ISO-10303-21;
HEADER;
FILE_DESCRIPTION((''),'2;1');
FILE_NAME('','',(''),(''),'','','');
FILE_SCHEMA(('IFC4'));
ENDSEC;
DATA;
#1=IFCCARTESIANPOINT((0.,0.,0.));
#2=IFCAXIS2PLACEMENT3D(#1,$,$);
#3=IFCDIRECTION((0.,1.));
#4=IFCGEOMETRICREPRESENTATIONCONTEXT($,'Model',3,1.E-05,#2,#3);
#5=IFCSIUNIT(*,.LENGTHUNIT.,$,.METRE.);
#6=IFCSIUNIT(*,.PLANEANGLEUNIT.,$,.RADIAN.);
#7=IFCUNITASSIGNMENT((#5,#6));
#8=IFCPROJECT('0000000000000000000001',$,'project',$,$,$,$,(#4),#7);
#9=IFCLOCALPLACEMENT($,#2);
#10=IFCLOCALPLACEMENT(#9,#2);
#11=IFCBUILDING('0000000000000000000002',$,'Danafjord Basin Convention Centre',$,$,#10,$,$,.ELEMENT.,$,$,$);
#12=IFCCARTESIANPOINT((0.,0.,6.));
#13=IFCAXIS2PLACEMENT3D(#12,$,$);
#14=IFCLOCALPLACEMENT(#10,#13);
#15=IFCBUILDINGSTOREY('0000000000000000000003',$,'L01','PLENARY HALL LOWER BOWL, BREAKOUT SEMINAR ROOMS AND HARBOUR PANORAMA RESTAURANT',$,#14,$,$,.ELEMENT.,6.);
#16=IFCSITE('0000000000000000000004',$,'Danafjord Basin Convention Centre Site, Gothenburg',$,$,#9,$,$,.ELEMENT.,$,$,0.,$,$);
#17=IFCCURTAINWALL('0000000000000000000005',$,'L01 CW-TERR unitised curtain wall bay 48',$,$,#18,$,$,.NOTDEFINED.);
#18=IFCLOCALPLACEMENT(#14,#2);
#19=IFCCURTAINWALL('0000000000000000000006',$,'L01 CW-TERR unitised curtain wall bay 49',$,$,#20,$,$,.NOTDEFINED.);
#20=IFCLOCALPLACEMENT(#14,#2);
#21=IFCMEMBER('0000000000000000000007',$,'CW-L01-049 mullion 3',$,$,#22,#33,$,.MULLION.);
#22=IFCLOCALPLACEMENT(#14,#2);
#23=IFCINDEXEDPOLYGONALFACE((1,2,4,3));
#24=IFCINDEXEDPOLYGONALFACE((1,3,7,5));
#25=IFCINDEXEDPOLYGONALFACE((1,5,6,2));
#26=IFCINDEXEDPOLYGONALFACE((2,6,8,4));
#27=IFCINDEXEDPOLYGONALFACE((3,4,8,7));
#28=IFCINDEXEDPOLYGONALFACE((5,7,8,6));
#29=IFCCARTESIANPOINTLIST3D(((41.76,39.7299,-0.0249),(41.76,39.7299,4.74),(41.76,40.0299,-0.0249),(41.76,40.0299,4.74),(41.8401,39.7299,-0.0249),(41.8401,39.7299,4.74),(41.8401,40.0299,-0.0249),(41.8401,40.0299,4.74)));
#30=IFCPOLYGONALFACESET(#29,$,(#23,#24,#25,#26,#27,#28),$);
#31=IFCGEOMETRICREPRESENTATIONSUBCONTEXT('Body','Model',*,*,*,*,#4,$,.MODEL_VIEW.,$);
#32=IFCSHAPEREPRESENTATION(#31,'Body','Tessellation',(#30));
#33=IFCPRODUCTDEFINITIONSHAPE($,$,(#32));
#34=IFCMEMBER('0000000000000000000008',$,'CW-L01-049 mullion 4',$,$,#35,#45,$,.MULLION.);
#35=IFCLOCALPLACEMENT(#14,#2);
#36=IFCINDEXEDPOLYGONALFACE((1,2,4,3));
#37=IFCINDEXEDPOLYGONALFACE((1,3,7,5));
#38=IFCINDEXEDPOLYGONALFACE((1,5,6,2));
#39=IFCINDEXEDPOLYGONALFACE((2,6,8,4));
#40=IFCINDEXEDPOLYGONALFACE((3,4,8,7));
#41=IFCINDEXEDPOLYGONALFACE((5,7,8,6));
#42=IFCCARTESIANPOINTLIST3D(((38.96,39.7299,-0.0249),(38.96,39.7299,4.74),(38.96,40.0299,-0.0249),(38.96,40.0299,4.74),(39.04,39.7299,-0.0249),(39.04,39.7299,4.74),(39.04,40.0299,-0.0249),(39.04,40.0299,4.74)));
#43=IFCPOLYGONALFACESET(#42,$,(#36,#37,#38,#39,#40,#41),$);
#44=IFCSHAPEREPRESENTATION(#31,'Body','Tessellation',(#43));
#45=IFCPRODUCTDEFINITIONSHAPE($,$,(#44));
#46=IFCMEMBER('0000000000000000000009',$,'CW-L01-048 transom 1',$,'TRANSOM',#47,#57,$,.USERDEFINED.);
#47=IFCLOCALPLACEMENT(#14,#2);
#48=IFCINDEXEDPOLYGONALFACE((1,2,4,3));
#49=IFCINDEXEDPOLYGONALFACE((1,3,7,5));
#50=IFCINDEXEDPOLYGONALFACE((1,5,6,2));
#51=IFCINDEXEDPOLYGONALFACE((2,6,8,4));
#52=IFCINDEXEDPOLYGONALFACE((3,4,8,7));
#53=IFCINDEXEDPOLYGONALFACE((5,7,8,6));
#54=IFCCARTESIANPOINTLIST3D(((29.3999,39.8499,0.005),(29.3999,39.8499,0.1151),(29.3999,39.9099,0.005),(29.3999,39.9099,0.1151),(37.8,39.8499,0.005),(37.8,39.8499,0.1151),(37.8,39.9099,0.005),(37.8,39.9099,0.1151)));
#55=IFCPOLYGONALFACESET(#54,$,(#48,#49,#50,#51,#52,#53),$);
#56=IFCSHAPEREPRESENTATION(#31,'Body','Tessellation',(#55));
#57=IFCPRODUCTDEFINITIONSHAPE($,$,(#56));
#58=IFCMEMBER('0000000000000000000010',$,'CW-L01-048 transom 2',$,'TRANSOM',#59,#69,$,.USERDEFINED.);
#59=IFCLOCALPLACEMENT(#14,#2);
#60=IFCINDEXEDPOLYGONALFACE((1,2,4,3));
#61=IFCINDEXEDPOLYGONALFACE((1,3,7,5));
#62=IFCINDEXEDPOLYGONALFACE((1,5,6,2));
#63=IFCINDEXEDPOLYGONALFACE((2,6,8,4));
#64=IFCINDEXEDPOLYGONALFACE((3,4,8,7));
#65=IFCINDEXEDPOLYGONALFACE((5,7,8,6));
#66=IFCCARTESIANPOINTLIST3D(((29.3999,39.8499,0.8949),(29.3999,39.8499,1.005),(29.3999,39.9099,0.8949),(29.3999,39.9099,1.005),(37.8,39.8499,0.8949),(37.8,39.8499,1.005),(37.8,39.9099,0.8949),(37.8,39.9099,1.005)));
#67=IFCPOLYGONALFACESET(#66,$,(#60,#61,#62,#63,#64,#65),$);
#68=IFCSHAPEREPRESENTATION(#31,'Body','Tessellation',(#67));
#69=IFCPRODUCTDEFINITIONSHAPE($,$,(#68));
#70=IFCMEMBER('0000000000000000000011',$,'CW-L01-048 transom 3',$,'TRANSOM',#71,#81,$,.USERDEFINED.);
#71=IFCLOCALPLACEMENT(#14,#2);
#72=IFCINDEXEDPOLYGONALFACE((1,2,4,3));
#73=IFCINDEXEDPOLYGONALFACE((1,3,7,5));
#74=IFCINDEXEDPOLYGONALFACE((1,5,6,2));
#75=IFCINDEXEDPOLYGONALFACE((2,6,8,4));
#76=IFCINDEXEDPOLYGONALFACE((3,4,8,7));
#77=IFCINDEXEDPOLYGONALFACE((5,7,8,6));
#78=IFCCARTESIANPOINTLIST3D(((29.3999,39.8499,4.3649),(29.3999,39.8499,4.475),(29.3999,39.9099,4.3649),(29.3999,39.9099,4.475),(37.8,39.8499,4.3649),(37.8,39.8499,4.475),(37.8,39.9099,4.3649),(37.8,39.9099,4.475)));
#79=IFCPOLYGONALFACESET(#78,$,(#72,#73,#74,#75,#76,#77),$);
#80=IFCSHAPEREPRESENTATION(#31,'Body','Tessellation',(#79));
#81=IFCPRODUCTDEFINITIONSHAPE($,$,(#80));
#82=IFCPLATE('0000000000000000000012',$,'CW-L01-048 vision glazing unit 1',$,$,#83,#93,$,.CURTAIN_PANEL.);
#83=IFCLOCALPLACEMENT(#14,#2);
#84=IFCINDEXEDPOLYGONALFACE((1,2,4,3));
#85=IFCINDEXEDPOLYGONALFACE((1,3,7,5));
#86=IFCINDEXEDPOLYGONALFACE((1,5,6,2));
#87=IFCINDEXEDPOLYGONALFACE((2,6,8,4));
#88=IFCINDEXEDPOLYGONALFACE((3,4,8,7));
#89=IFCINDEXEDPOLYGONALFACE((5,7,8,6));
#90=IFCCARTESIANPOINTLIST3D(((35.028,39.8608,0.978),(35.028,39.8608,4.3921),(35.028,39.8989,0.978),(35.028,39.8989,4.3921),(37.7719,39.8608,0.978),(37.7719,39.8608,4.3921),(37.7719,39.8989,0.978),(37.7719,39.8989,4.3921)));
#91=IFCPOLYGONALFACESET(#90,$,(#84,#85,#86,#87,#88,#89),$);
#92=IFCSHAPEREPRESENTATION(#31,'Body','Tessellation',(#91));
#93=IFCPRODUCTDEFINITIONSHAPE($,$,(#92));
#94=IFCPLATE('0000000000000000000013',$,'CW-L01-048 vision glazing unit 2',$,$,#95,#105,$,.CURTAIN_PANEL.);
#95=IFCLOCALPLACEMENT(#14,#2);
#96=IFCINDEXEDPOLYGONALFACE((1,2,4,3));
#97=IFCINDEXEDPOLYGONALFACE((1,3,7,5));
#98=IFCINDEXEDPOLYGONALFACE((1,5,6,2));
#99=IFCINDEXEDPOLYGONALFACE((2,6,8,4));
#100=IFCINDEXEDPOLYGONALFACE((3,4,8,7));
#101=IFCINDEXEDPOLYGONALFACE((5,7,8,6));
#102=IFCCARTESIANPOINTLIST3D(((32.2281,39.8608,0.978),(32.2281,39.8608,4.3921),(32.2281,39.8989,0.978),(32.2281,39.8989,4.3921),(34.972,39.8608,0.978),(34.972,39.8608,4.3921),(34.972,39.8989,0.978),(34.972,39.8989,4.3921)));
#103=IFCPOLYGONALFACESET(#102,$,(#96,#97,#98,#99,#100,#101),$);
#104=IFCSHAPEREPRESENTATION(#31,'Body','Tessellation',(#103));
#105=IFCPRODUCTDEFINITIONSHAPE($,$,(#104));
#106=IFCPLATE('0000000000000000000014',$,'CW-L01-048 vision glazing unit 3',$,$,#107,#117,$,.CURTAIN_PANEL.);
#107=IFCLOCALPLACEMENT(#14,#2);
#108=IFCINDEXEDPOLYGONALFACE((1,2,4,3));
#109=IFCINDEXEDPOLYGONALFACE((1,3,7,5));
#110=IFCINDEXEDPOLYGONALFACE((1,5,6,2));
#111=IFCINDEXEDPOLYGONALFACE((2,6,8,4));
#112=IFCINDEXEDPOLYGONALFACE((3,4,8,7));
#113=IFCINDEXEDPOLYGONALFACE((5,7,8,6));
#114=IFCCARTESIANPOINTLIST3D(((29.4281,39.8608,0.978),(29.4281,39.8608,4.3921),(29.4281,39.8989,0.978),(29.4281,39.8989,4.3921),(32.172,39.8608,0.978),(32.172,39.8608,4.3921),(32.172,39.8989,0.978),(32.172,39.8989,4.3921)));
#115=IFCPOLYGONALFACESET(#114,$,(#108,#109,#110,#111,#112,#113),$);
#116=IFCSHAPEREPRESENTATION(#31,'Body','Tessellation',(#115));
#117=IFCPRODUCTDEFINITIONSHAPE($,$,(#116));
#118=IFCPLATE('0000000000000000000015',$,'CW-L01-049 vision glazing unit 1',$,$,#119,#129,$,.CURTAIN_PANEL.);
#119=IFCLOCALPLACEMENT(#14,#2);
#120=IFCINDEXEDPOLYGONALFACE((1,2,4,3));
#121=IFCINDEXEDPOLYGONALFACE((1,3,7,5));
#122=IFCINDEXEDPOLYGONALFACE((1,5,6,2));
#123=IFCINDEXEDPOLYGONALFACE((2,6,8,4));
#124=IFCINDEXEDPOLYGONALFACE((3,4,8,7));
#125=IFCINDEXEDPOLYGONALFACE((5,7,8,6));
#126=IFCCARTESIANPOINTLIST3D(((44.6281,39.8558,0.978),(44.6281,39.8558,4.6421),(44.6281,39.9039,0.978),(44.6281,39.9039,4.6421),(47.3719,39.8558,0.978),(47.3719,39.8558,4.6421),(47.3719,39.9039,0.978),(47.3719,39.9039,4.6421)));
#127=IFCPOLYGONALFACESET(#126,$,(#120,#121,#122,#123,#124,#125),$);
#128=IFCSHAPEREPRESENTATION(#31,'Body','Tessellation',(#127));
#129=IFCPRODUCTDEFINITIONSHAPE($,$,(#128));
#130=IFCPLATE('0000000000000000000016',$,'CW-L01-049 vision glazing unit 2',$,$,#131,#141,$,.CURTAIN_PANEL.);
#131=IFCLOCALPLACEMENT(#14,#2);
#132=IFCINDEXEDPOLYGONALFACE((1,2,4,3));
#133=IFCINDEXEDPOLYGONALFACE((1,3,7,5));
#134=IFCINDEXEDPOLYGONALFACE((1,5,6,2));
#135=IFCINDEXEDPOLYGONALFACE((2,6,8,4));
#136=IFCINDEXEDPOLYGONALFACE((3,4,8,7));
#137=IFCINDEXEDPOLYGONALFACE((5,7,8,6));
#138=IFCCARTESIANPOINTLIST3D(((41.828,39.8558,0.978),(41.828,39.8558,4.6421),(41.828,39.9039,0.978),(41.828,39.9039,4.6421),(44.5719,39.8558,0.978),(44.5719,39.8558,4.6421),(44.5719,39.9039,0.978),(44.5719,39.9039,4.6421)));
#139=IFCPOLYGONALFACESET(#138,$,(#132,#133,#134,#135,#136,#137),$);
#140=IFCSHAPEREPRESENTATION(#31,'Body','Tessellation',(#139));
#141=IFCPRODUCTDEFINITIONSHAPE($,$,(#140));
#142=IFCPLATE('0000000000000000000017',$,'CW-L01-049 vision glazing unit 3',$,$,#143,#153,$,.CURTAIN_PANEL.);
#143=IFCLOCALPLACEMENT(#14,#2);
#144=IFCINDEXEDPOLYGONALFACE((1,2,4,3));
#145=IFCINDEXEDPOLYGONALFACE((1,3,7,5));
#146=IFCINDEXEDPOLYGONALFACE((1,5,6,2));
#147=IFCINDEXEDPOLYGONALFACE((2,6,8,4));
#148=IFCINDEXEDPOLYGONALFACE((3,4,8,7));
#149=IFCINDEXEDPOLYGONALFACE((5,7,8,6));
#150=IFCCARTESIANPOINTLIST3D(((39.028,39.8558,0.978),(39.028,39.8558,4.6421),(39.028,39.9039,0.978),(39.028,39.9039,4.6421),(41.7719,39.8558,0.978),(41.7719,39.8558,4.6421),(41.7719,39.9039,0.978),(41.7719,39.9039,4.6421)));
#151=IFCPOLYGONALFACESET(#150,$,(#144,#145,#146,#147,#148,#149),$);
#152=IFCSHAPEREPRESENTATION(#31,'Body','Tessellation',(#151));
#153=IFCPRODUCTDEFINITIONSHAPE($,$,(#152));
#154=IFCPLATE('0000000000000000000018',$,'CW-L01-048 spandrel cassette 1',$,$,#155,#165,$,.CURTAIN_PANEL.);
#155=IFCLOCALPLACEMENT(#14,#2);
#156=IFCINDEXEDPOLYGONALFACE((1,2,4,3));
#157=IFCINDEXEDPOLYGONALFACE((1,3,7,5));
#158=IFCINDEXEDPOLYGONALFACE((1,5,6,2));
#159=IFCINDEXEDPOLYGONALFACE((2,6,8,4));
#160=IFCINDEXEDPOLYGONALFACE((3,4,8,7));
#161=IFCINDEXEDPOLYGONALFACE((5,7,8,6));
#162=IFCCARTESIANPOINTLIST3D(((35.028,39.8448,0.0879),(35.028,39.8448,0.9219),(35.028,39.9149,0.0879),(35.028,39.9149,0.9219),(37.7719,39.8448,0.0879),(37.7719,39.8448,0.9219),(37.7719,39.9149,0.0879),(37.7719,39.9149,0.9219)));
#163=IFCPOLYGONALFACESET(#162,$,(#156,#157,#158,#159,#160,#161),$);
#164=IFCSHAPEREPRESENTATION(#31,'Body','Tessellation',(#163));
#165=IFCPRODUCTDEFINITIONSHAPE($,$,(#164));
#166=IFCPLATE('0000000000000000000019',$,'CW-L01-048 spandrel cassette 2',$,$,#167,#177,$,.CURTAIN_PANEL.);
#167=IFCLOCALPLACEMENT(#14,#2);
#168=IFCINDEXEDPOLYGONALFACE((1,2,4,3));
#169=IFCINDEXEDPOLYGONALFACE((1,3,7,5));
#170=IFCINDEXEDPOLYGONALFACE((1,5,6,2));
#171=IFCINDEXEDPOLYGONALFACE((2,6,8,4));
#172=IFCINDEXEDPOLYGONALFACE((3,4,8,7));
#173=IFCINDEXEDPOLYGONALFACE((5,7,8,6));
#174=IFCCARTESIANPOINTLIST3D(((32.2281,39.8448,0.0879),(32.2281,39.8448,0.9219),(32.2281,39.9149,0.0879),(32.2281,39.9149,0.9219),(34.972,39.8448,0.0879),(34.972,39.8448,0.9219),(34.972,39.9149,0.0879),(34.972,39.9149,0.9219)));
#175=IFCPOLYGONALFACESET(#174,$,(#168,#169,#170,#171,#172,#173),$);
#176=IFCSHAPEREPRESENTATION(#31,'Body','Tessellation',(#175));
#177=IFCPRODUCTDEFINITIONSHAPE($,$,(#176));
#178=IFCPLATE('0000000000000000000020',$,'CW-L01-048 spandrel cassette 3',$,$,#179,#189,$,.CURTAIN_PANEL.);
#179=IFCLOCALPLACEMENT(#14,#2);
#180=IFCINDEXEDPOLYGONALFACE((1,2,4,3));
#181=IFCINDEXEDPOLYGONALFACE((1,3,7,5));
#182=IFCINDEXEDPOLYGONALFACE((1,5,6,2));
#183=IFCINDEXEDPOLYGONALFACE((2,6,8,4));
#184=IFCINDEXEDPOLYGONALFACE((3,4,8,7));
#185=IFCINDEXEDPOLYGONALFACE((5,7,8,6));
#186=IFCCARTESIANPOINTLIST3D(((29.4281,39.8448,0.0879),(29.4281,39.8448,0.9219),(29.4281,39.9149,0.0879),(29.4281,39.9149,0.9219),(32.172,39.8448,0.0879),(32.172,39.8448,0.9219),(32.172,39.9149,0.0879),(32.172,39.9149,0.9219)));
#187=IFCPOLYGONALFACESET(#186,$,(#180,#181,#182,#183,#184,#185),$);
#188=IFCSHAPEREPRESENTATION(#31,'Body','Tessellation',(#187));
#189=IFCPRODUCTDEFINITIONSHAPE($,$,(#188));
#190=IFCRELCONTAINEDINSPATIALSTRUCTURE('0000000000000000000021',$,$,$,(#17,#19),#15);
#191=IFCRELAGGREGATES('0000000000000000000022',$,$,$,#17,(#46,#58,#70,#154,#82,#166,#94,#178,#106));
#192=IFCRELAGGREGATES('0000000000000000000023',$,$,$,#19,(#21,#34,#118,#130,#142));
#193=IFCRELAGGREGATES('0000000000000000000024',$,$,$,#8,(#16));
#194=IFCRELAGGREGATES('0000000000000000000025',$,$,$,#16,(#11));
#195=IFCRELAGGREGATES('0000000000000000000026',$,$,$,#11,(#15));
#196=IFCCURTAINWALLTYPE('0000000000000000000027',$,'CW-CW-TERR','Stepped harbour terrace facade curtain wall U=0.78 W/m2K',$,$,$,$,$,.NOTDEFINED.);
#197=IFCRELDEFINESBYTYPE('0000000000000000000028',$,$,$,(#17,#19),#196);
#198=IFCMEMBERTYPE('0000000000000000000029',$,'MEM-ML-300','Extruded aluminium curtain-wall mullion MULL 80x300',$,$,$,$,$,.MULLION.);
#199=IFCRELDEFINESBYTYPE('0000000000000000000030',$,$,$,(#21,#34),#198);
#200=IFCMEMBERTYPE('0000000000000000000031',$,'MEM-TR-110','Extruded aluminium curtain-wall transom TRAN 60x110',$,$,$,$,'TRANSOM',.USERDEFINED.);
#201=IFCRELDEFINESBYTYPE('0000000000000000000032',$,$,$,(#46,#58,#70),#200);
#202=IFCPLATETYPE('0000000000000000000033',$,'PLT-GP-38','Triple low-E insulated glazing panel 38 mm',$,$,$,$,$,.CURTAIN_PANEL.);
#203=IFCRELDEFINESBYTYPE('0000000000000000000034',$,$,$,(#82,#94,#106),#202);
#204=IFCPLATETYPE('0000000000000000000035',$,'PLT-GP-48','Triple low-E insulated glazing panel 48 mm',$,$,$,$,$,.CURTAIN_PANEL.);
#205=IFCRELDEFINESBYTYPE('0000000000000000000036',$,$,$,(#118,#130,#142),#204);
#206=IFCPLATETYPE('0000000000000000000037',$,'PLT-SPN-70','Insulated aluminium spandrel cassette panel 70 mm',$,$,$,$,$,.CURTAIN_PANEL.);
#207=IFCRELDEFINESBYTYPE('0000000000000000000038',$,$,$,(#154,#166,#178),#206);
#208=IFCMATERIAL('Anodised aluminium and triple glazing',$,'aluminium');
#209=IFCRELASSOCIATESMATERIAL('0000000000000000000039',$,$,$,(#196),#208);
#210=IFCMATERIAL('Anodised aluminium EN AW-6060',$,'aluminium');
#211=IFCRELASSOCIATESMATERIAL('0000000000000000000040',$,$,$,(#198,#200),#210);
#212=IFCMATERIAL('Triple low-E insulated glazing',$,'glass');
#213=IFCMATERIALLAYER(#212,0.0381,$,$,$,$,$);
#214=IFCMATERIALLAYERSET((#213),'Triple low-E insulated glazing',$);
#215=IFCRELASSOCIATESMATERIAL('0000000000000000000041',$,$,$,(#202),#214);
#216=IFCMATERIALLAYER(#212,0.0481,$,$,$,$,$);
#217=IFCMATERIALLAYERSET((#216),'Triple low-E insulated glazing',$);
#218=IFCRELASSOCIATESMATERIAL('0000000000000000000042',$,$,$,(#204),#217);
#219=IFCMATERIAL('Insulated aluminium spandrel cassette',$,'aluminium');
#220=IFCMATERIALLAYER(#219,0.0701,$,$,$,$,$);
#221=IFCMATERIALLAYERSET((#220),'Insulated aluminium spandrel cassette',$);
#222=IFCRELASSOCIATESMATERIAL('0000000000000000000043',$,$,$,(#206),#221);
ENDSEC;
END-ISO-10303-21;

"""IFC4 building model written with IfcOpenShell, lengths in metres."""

from ifc_helpers import new_model, si_unit, direction, frame, origin, origin_2d, place, context, subcontext, project, spatial, rectangle, extrude, material, layer, layer_set, material_profile, profile_set, type_object, element, aggregate, save


model = new_model("IFC4")

# Units and contexts
model_context = context("Model", 3, precision=1e-05, world=origin(), true_north=direction((0.0, 1.0)))
body_context = subcontext(model_context, "Body", "Model", "MODEL_VIEW")
ifc_project = project(units=[si_unit("LENGTHUNIT", "METRE"), si_unit("PLANEANGLEUNIT", "RADIAN")], contexts=[model_context])

# Site, building, storey
site_placement = place(None, origin())
site = spatial("IfcSite", under=ifc_project, at=site_placement, Name="Danafjord Basin Convention Centre Site, Gothenburg", CompositionType="ELEMENT", RefElevation=0.0)
building_placement = place(site_placement, origin())
building = spatial("IfcBuilding", under=site, at=building_placement, Name="Danafjord Basin Convention Centre", CompositionType="ELEMENT")
storey_placement = place(building_placement, frame((0.0, 0.0, 6.0)))
storey = spatial("IfcBuildingStorey", under=building, at=storey_placement, Name="L01", Description="PLENARY HALL LOWER BOWL, BREAKOUT SEMINAR ROOMS AND HARBOUR PANORAMA RESTAURANT", CompositionType="ELEMENT", Elevation=6.0)

# Curtain walls, members
ifc_material_1 = material(Name="Anodised aluminium and triple glazing", Category="aluminium")
curtain_wall_type = type_object("IfcCurtainWallType", Name="CW-CW-TERR", Description="Stepped harbour terrace facade curtain wall U=0.78 W/m2K", PredefinedType="NOTDEFINED", material=ifc_material_1)
curtain_wall_1_placement = place(storey_placement, origin())
curtain_wall_1 = element("IfcCurtainWall", 1, at=curtain_wall_1_placement, inside=storey, type_object=curtain_wall_type, Name="L01 CW-TERR unitised curtain wall bay 48", PredefinedType="NOTDEFINED")
ifc_material_2 = material(Name="Anodised aluminium EN AW-6060", Category="aluminium")
curtain_wall_2_placement = place(storey_placement, origin())
curtain_wall_2 = element("IfcCurtainWall", 2, at=curtain_wall_2_placement, inside=storey, type_object=curtain_wall_type, Name="L01 CW-TERR unitised curtain wall bay 49", PredefinedType="NOTDEFINED")
ifc_material_profile_1 = material_profile(ifc_material_2, rectangle(XDim=0.0801, YDim=0.3, at=origin_2d()), Name="MULL 80x300")
ifc_profile_set_1 = profile_set([ifc_material_profile_1], Name="Anodised aluminium EN AW-6060")
member_type_1 = type_object("IfcMemberType", Name="MEM-ML-300", Description="Extruded aluminium curtain-wall mullion MULL 80x300", PredefinedType="MULLION", material=ifc_profile_set_1)
member_1_placement = place(storey_placement, frame((41.8, 39.8799, -0.0249), z_axis=(0.0, 0.0, 1.0), x_axis=(-1.0, 0.0, 0.0)))
member_1 = element("IfcMember", 3, at=member_1_placement, type_object=member_type_1, Name="CW-L01-049 mullion 3", PredefinedType="MULLION", context=body_context, shape_type="SweptSolid", body=[
    extrude(rectangle(XDim=0.0801, YDim=0.3, at=origin_2d()), origin(), (0.0, 0.0, 1.0), 4.7649),
])
member_2_placement = place(storey_placement, frame((39.0, 39.8799, -0.0249), z_axis=(0.0, 0.0, 1.0), x_axis=(-1.0, 0.0, 0.0)))
member_2 = element("IfcMember", 4, at=member_2_placement, type_object=member_type_1, Name="CW-L01-049 mullion 4", PredefinedType="MULLION", context=body_context, shape_type="SweptSolid", body=[
    extrude(rectangle(XDim=0.0801, YDim=0.3, at=origin_2d()), origin(), (0.0, 0.0, 1.0), 4.7649),
])

# Members
ifc_material_profile_2 = material_profile(ifc_material_2, rectangle(XDim=0.0601, YDim=0.1101, at=origin_2d()), Name="TRAN 60x110")
ifc_profile_set_2 = profile_set([ifc_material_profile_2], Name="Anodised aluminium EN AW-6060")
member_type_2 = type_object("IfcMemberType", Name="MEM-TR-110", Description="Extruded aluminium curtain-wall transom TRAN 60x110", ElementType="TRANSOM", PredefinedType="USERDEFINED", material=ifc_profile_set_2)
member_3_placement = place(storey_placement, frame((37.8, 39.8799, 0.0601), z_axis=(-1.0, 0.0, 0.0), x_axis=(0.0, -1.0, 0.0)))
member_3 = element("IfcMember", 5, at=member_3_placement, type_object=member_type_2, Name="CW-L01-048 transom 1", ObjectType="TRANSOM", PredefinedType="USERDEFINED", context=body_context, shape_type="SweptSolid", body=[
    extrude(rectangle(XDim=0.0601, YDim=0.1101, at=origin_2d()), origin(), (0.0, 0.0, 1.0), 8.4001),
])
member_4_placement = place(storey_placement, frame((37.8, 39.8799, 0.95), z_axis=(-1.0, 0.0, 0.0), x_axis=(0.0, -1.0, 0.0)))
member_4 = element("IfcMember", 6, at=member_4_placement, type_object=member_type_2, Name="CW-L01-048 transom 2", ObjectType="TRANSOM", PredefinedType="USERDEFINED", context=body_context, shape_type="SweptSolid", body=[
    extrude(rectangle(XDim=0.0601, YDim=0.1101, at=origin_2d()), origin(), (0.0, 0.0, 1.0), 8.4001),
])
member_5_placement = place(storey_placement, frame((37.8, 39.8799, 4.4199), z_axis=(-1.0, 0.0, 0.0), x_axis=(0.0, -1.0, 0.0)))
member_5 = element("IfcMember", 7, at=member_5_placement, type_object=member_type_2, Name="CW-L01-048 transom 3", ObjectType="TRANSOM", PredefinedType="USERDEFINED", context=body_context, shape_type="SweptSolid", body=[
    extrude(rectangle(XDim=0.0601, YDim=0.1101, at=origin_2d()), origin(), (0.0, 0.0, 1.0), 8.4001),
])

# Plates
ifc_material_3 = material(Name="Triple low-E insulated glazing", Category="glass")
ifc_layer_1 = layer(ifc_material_3, 0.0381)
ifc_layer_set_1 = layer_set([ifc_layer_1], Name="Triple low-E insulated glazing")
plate_type_1 = type_object("IfcPlateType", Name="PLT-GP-38", Description="Triple low-E insulated glazing panel 38 mm", PredefinedType="CURTAIN_PANEL", material=ifc_layer_set_1)
plate_1_placement = place(storey_placement, frame((36.3999, 39.8799, 0.978), z_axis=(0.0, 0.0, 1.0), x_axis=(-1.0, 0.0, 0.0)))
plate_1 = element("IfcPlate", 8, at=plate_1_placement, type_object=plate_type_1, Name="CW-L01-048 vision glazing unit 1", PredefinedType="CURTAIN_PANEL", context=body_context, shape_type="SweptSolid", body=[
    extrude(rectangle(XDim=2.7439, YDim=0.0381, at=origin_2d()), origin(), (0.0, 0.0, 1.0), 3.4141),
])
plate_2_placement = place(storey_placement, frame((33.6001, 39.8799, 0.978), z_axis=(0.0, 0.0, 1.0), x_axis=(-1.0, 0.0, 0.0)))
plate_2 = element("IfcPlate", 9, at=plate_2_placement, type_object=plate_type_1, Name="CW-L01-048 vision glazing unit 2", PredefinedType="CURTAIN_PANEL", context=body_context, shape_type="SweptSolid", body=[
    extrude(rectangle(XDim=2.7439, YDim=0.0381, at=origin_2d()), origin(), (0.0, 0.0, 1.0), 3.4141),
])
plate_3_placement = place(storey_placement, frame((30.8, 39.8799, 0.978), z_axis=(0.0, 0.0, 1.0), x_axis=(-1.0, 0.0, 0.0)))
plate_3 = element("IfcPlate", 10, at=plate_3_placement, type_object=plate_type_1, Name="CW-L01-048 vision glazing unit 3", PredefinedType="CURTAIN_PANEL", context=body_context, shape_type="SweptSolid", body=[
    extrude(rectangle(XDim=2.7439, YDim=0.0381, at=origin_2d()), origin(), (0.0, 0.0, 1.0), 3.4141),
])
ifc_layer_2 = layer(ifc_material_3, 0.0481)
ifc_layer_set_2 = layer_set([ifc_layer_2], Name="Triple low-E insulated glazing")
plate_type_2 = type_object("IfcPlateType", Name="PLT-GP-48", Description="Triple low-E insulated glazing panel 48 mm", PredefinedType="CURTAIN_PANEL", material=ifc_layer_set_2)
plate_4_placement = place(storey_placement, frame((46.0, 39.8799, 0.978), z_axis=(0.0, 0.0, 1.0), x_axis=(-1.0, 0.0, 0.0)))
plate_4 = element("IfcPlate", 11, at=plate_4_placement, type_object=plate_type_2, Name="CW-L01-049 vision glazing unit 1", PredefinedType="CURTAIN_PANEL", context=body_context, shape_type="SweptSolid", body=[
    extrude(rectangle(XDim=2.7439, YDim=0.0481, at=origin_2d()), origin(), (0.0, 0.0, 1.0), 3.6641),
])
plate_5_placement = place(storey_placement, frame((43.2, 39.8799, 0.978), z_axis=(0.0, 0.0, 1.0), x_axis=(-1.0, 0.0, 0.0)))
plate_5 = element("IfcPlate", 12, at=plate_5_placement, type_object=plate_type_2, Name="CW-L01-049 vision glazing unit 2", PredefinedType="CURTAIN_PANEL", context=body_context, shape_type="SweptSolid", body=[
    extrude(rectangle(XDim=2.7439, YDim=0.0481, at=origin_2d()), origin(), (0.0, 0.0, 1.0), 3.6641),
])
plate_6_placement = place(storey_placement, frame((40.3999, 39.8799, 0.978), z_axis=(0.0, 0.0, 1.0), x_axis=(-1.0, 0.0, 0.0)))
plate_6 = element("IfcPlate", 13, at=plate_6_placement, type_object=plate_type_2, Name="CW-L01-049 vision glazing unit 3", PredefinedType="CURTAIN_PANEL", context=body_context, shape_type="SweptSolid", body=[
    extrude(rectangle(XDim=2.7439, YDim=0.0481, at=origin_2d()), origin(), (0.0, 0.0, 1.0), 3.6641),
])
ifc_material_4 = material(Name="Insulated aluminium spandrel cassette", Category="aluminium")
ifc_layer_3 = layer(ifc_material_4, 0.0701)
ifc_layer_set_3 = layer_set([ifc_layer_3], Name="Insulated aluminium spandrel cassette")
plate_type_3 = type_object("IfcPlateType", Name="PLT-SPN-70", Description="Insulated aluminium spandrel cassette panel 70 mm", PredefinedType="CURTAIN_PANEL", material=ifc_layer_set_3)
plate_7_placement = place(storey_placement, frame((36.3999, 39.8799, 0.0879), z_axis=(0.0, 0.0, 1.0), x_axis=(-1.0, 0.0, 0.0)))
plate_7 = element("IfcPlate", 14, at=plate_7_placement, type_object=plate_type_3, Name="CW-L01-048 spandrel cassette 1", PredefinedType="CURTAIN_PANEL", context=body_context, shape_type="SweptSolid", body=[
    extrude(rectangle(XDim=2.7439, YDim=0.0701, at=origin_2d()), origin(), (0.0, 0.0, 1.0), 0.834),
])
plate_8_placement = place(storey_placement, frame((33.6001, 39.8799, 0.0879), z_axis=(0.0, 0.0, 1.0), x_axis=(-1.0, 0.0, 0.0)))
plate_8 = element("IfcPlate", 15, at=plate_8_placement, type_object=plate_type_3, Name="CW-L01-048 spandrel cassette 2", PredefinedType="CURTAIN_PANEL", context=body_context, shape_type="SweptSolid", body=[
    extrude(rectangle(XDim=2.7439, YDim=0.0701, at=origin_2d()), origin(), (0.0, 0.0, 1.0), 0.834),
])
plate_9_placement = place(storey_placement, frame((30.8, 39.8799, 0.0879), z_axis=(0.0, 0.0, 1.0), x_axis=(-1.0, 0.0, 0.0)))
plate_9 = element("IfcPlate", 16, at=plate_9_placement, type_object=plate_type_3, Name="CW-L01-048 spandrel cassette 3", PredefinedType="CURTAIN_PANEL", context=body_context, shape_type="SweptSolid", body=[
    extrude(rectangle(XDim=2.7439, YDim=0.0701, at=origin_2d()), origin(), (0.0, 0.0, 1.0), 0.834),
])
aggregate(curtain_wall_1, [member_3, member_4, member_5, plate_7, plate_1, plate_8, plate_2, plate_9, plate_3])
aggregate(curtain_wall_2, [member_1, member_2, plate_4, plate_5, plate_6])

save(model, "model.ifc")
